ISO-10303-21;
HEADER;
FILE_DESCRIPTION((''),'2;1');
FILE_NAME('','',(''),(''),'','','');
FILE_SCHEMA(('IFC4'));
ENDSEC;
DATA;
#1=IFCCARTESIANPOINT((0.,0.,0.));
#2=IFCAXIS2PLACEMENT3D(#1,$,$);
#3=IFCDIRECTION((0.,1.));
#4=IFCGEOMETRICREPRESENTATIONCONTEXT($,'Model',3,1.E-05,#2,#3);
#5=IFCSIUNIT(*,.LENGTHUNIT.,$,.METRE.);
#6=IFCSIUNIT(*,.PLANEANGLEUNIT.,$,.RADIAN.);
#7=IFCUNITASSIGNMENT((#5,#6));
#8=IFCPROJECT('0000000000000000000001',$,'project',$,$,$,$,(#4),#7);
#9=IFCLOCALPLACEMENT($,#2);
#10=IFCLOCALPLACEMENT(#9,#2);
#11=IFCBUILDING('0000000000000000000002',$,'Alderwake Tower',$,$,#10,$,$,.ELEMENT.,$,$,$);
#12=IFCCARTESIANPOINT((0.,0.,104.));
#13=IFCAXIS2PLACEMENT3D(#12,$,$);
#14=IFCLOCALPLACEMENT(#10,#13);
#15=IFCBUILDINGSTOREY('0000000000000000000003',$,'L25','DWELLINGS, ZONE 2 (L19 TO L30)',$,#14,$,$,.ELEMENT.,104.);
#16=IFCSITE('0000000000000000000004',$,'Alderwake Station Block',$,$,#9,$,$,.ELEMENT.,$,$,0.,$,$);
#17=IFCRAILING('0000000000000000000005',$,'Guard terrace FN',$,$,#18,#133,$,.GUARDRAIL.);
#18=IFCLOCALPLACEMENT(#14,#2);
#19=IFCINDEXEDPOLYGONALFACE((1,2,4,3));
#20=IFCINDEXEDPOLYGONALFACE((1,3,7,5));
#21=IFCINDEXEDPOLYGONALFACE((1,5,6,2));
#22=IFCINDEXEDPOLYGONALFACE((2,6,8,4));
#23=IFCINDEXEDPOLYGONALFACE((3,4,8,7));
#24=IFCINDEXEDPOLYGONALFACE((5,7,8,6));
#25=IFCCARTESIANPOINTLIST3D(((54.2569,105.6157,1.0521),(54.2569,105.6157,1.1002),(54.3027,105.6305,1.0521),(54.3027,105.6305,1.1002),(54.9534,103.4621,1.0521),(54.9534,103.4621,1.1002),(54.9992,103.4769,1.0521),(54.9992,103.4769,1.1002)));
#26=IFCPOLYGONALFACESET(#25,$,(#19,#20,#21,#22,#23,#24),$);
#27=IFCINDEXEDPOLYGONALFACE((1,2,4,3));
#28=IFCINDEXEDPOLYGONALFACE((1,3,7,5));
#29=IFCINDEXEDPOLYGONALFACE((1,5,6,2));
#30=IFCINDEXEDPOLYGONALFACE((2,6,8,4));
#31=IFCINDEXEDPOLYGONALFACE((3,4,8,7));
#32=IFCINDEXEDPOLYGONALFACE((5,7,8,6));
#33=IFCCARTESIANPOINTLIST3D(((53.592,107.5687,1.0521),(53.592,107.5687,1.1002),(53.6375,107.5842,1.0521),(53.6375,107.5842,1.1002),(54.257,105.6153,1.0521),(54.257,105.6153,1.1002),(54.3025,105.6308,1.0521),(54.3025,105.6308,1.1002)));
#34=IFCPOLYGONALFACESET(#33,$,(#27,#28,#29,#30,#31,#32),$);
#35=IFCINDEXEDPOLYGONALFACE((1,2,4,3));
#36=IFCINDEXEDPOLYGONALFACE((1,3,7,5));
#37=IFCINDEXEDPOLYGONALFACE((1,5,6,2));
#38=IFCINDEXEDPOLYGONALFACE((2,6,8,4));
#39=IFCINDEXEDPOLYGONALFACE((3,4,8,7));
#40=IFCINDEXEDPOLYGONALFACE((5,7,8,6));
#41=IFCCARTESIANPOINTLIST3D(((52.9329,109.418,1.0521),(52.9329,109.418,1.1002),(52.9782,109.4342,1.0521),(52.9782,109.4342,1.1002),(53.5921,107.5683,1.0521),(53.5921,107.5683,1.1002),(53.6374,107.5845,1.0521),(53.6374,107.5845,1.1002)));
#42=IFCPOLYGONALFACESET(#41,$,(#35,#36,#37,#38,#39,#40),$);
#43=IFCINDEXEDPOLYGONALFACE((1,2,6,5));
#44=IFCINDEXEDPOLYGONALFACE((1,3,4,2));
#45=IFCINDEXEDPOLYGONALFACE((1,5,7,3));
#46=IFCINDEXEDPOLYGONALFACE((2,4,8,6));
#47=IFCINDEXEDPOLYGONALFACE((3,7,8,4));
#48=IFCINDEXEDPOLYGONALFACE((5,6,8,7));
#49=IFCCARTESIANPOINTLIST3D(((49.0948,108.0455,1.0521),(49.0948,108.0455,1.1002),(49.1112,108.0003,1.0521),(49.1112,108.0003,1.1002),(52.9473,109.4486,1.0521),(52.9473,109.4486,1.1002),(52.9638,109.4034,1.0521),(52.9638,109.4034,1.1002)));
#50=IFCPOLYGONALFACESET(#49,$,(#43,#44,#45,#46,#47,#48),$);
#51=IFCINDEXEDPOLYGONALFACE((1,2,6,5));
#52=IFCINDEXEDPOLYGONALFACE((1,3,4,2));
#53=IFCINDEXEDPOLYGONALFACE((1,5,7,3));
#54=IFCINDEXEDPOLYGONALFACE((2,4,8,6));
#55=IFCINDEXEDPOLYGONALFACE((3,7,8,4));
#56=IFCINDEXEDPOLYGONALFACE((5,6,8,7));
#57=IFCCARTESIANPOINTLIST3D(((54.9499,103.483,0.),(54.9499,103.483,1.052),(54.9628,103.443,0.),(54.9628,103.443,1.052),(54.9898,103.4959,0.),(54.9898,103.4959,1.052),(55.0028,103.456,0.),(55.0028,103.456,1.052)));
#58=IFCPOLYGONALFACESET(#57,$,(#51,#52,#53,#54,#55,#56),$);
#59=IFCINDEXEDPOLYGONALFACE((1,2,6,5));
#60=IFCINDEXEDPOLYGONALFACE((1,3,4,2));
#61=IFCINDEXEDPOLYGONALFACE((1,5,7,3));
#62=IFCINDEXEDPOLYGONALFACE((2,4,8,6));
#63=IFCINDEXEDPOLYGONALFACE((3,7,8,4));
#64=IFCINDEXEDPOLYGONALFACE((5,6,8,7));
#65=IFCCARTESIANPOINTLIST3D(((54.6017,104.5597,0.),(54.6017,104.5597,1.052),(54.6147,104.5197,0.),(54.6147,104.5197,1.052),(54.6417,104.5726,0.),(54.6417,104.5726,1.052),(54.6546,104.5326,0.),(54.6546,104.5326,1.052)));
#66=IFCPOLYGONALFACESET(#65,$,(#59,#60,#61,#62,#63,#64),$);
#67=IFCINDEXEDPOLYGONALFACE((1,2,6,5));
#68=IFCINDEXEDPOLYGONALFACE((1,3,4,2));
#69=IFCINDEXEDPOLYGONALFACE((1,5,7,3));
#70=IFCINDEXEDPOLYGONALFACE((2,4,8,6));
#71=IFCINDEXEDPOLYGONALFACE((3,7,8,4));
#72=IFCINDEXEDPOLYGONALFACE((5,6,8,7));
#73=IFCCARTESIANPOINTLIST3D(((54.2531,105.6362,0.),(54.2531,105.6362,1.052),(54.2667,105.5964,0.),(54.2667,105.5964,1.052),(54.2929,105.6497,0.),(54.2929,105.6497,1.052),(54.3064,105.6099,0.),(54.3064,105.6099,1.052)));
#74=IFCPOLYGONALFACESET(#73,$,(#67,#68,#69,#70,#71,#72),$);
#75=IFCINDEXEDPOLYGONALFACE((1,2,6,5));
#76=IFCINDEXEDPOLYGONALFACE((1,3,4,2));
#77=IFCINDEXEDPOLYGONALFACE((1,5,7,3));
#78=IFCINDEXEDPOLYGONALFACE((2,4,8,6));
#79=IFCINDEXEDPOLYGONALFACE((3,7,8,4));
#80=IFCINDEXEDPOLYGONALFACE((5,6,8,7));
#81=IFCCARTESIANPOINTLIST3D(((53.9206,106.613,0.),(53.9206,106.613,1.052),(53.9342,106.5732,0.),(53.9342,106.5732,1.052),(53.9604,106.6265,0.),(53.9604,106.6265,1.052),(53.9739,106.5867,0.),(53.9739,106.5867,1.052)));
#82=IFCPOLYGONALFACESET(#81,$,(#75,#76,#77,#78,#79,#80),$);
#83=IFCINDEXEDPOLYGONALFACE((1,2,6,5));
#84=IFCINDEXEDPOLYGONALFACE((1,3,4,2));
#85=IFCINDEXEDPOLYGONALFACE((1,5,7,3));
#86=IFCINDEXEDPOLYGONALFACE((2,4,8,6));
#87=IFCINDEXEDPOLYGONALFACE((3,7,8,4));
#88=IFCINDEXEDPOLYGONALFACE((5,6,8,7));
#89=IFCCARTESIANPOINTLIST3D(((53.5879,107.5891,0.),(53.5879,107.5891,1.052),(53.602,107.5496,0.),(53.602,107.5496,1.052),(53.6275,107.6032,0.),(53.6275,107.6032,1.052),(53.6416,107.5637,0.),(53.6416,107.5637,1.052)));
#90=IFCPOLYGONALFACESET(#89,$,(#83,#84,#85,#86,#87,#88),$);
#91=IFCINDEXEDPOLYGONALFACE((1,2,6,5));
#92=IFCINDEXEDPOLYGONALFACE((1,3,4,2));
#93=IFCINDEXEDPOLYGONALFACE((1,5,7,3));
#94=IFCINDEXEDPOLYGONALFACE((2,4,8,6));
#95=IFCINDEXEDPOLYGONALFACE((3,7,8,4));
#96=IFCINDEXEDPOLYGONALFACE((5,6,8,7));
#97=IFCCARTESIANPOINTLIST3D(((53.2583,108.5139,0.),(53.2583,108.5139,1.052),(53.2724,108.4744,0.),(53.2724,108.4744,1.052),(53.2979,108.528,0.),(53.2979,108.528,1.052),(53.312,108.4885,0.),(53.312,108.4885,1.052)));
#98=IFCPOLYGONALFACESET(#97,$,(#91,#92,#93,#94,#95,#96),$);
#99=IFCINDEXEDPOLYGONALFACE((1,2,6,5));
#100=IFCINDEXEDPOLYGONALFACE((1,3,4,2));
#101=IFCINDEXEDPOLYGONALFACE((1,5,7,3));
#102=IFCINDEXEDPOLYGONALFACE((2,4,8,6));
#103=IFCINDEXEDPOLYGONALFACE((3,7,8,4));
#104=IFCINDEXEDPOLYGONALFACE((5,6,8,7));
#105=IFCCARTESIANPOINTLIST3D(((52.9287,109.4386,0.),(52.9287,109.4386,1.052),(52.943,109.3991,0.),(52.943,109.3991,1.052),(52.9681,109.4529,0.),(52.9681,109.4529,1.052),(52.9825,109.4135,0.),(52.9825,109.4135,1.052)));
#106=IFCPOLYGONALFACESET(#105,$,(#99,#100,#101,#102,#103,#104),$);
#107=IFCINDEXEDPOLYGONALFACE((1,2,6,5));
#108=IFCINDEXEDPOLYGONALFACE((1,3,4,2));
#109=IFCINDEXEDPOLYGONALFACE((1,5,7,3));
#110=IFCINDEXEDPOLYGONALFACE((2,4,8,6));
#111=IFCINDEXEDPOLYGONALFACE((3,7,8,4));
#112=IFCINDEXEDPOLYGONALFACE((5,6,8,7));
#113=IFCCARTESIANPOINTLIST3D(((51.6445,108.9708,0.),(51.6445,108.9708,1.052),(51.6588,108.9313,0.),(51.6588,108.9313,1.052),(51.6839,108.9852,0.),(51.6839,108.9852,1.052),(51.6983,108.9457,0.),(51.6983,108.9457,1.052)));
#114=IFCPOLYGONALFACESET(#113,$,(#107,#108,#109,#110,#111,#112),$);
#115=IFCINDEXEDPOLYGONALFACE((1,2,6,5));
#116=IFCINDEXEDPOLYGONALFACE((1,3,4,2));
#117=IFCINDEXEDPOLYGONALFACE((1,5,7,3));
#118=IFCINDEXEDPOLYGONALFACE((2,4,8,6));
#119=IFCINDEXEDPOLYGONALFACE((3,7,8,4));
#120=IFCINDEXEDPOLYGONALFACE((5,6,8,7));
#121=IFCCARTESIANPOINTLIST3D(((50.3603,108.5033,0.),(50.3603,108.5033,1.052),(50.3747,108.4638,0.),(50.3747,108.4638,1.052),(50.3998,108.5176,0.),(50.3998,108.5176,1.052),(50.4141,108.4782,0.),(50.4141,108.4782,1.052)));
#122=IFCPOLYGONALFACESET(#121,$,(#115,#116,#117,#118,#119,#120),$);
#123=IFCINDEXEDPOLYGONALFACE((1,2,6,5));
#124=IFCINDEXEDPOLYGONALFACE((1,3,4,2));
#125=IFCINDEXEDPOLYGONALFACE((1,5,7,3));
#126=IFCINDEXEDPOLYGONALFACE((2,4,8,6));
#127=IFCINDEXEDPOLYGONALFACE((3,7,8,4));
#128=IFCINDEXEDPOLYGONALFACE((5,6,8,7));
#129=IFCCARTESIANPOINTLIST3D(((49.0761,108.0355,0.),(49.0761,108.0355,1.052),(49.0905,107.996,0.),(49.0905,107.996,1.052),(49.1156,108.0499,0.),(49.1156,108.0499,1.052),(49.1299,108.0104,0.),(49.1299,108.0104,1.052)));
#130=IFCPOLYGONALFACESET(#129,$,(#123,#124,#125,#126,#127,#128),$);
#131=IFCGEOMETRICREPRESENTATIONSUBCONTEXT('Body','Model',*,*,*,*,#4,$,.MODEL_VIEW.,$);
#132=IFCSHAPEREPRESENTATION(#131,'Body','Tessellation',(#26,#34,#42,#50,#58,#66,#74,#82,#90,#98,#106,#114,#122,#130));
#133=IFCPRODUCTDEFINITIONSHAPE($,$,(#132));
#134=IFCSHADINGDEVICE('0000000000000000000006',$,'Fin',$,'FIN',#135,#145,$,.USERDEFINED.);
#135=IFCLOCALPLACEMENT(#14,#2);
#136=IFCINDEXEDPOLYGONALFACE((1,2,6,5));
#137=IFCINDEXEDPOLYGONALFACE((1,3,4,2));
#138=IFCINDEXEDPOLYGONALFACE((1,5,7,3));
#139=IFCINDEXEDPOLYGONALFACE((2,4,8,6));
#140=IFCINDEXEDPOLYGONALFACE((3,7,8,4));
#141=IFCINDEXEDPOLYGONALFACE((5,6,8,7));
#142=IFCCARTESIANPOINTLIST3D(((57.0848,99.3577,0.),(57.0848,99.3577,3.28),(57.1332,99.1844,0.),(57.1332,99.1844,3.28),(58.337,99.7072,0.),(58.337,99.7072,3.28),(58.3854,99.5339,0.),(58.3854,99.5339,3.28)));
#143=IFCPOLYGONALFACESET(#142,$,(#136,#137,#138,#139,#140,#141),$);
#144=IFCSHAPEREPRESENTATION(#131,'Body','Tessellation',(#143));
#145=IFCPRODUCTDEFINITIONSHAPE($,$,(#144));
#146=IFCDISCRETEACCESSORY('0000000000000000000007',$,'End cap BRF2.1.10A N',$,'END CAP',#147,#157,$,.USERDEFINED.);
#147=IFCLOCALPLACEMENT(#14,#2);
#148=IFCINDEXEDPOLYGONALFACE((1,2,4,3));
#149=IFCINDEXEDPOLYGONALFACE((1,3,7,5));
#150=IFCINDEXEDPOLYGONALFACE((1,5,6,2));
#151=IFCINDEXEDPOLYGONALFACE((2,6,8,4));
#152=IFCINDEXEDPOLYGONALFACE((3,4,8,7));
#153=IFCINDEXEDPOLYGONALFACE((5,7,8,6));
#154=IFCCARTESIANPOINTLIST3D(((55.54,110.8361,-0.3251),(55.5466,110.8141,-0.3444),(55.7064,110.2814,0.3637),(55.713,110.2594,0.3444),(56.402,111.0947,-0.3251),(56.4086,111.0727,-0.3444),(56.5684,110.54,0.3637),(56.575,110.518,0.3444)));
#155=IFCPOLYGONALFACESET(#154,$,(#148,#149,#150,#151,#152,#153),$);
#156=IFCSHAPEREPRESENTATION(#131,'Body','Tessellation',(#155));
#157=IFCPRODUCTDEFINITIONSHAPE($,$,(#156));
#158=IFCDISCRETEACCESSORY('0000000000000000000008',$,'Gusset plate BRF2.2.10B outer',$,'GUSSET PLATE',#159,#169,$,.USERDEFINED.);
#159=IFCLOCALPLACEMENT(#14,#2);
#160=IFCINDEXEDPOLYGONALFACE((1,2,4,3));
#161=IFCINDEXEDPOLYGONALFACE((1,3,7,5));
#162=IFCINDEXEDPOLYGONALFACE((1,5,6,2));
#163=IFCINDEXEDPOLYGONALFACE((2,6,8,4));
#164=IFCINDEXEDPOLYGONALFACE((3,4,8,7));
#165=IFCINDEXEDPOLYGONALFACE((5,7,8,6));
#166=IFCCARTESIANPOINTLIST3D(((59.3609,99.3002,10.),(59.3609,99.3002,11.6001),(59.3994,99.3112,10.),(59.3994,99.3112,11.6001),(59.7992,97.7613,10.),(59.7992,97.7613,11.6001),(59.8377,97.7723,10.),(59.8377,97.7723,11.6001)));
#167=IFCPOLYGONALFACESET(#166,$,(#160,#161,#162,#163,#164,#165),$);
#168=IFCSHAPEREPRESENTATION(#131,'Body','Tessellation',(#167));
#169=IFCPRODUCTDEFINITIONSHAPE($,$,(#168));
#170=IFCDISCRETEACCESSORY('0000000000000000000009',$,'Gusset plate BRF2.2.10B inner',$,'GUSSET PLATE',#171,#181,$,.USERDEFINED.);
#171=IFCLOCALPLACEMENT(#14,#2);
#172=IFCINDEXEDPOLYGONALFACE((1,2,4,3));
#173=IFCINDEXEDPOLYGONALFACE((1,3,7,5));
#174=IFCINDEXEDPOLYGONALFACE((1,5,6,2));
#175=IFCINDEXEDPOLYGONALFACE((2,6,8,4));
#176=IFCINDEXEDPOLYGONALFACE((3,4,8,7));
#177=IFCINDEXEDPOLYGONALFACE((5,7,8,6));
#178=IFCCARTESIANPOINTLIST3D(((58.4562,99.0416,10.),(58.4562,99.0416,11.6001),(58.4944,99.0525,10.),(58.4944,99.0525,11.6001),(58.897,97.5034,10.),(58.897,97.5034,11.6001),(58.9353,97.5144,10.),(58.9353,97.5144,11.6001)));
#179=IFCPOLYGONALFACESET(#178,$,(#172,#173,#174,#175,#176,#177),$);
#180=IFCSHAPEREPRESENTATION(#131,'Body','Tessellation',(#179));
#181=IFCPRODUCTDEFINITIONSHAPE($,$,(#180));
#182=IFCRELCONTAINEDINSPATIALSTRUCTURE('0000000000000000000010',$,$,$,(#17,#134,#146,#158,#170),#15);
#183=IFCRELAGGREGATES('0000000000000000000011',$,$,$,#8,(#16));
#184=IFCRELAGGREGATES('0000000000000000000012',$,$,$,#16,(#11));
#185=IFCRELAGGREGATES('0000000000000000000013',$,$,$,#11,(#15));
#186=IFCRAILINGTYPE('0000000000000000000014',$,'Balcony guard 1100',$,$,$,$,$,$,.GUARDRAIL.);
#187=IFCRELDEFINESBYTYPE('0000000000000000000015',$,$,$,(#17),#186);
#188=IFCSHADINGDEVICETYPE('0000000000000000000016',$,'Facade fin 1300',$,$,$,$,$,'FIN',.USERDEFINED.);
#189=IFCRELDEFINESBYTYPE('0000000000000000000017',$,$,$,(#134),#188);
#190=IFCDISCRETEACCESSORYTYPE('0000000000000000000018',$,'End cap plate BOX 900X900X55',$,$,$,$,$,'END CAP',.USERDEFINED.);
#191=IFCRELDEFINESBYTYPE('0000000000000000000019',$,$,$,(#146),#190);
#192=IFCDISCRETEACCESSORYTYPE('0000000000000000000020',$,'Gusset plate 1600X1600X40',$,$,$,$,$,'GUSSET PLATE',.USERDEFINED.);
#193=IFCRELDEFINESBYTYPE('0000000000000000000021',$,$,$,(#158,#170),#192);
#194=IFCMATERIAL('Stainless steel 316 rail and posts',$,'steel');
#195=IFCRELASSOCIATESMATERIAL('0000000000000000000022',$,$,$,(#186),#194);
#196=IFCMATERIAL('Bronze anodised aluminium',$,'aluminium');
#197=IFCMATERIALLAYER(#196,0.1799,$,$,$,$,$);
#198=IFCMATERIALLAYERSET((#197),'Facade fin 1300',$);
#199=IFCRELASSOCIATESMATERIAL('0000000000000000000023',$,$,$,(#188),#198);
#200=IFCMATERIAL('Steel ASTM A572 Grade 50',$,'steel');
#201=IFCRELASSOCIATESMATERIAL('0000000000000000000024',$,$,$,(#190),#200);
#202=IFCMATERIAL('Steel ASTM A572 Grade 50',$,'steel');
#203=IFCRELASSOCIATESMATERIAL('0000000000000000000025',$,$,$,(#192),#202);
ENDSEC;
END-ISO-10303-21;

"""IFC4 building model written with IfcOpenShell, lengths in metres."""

from ifc_helpers import new_model, si_unit, direction, frame, origin, origin_2d, place, context, subcontext, project, spatial, rectangle, extrude, material, layer, layer_set, material_profile, profile_set, type_object, element, save


model = new_model("IFC4")

# Units and contexts
model_context = context("Model", 3, precision=1e-05, world=origin(), true_north=direction((0.0, 1.0)))
body_context = subcontext(model_context, "Body", "Model", "MODEL_VIEW")
ifc_project = project(units=[si_unit("LENGTHUNIT", "METRE"), si_unit("PLANEANGLEUNIT", "RADIAN")], contexts=[model_context])

# Site, building, storey
site_placement = place(None, origin())
site = spatial("IfcSite", under=ifc_project, at=site_placement, Name="Alderwake Station Block", CompositionType="ELEMENT", RefElevation=0.0)
building_placement = place(site_placement, origin())
building = spatial("IfcBuilding", under=site, at=building_placement, Name="Alderwake Tower", CompositionType="ELEMENT")
storey_placement = place(building_placement, frame((0.0, 0.0, 104.0)))
storey = spatial("IfcBuildingStorey", under=building, at=storey_placement, Name="L25", Description="DWELLINGS, ZONE 2 (L19 TO L30)", CompositionType="ELEMENT", Elevation=104.0)

# Railing
ifc_material_1 = material(Name="Stainless steel 316 rail and posts", Category="steel")
railing_type = type_object("IfcRailingType", Name="Balcony guard 1100", PredefinedType="GUARDRAIL", material=ifc_material_1)
railing_placement = place(storey_placement, frame((54.9763, 103.4695, 0.0)))
element("IfcRailing", 1, at=railing_placement, inside=storey, type_object=railing_type, Name="Guard terrace FN", PredefinedType="GUARDRAIL", context=body_context, shape_type="SweptSolid", body=[
    extrude(rectangle(XDim=0.0481, YDim=0.0481, at=origin_2d()), frame((0.0, 0.0, 1.0762), z_axis=(-0.307737, 0.951471, 0.0), x_axis=(-0.951471, -0.307737, 0.0)), (0.0, 0.0, 1.0), 2.2634),
    extrude(rectangle(XDim=0.0481, YDim=0.0481, at=origin_2d()), frame((-0.6965, 2.1536, 1.0762), z_axis=(-0.322291, 0.946641, 0.0), x_axis=(-0.946641, -0.322291, 0.0)), (0.0, 0.0, 1.0), 2.0635),
    extrude(rectangle(XDim=0.0481, YDim=0.0481, at=origin_2d()), frame((-1.3616, 4.1069, 1.0762), z_axis=(-0.335706, 0.941967, 0.0), x_axis=(-0.941967, -0.335706, 0.0)), (0.0, 0.0, 1.0), 1.9636),
    extrude(rectangle(XDim=0.0481, YDim=0.0481, at=origin_2d()), frame((-2.0208, 5.9565, 1.0762), z_axis=(-0.939625, -0.342207, 0.0), x_axis=(0.342207, -0.939625, 0.0)), (0.0, 0.0, 1.0), 4.1001),
    extrude(rectangle(XDim=0.042, YDim=0.042, at=origin_2d()), frame((0.0, 0.0, 0.0), z_axis=(0.0, 0.0, 1.0), x_axis=(-0.307737, 0.951471, 0.0)), (0.0, 0.0, 1.0), 1.052),
    extrude(rectangle(XDim=0.042, YDim=0.042, at=origin_2d()), frame((-0.3481, 1.0767, 0.0), z_axis=(0.0, 0.0, 1.0), x_axis=(-0.307737, 0.951471, 0.0)), (0.0, 0.0, 1.0), 1.052),
    extrude(rectangle(XDim=0.042, YDim=0.042, at=origin_2d()), frame((-0.6965, 2.1536, 0.0), z_axis=(0.0, 0.0, 1.0), x_axis=(-0.322291, 0.946641, 0.0)), (0.0, 0.0, 1.0), 1.052),
    extrude(rectangle(XDim=0.042, YDim=0.042, at=origin_2d()), frame((-1.0291, 3.1304, 0.0), z_axis=(0.0, 0.0, 1.0), x_axis=(-0.322291, 0.946641, 0.0)), (0.0, 0.0, 1.0), 1.052),
    extrude(rectangle(XDim=0.042, YDim=0.042, at=origin_2d()), frame((-1.3616, 4.1069, 0.0), z_axis=(0.0, 0.0, 1.0), x_axis=(-0.335706, 0.941967, 0.0)), (0.0, 0.0, 1.0), 1.052),
    extrude(rectangle(XDim=0.042, YDim=0.042, at=origin_2d()), frame((-1.6912, 5.0317, 0.0), z_axis=(0.0, 0.0, 1.0), x_axis=(-0.335706, 0.941967, 0.0)), (0.0, 0.0, 1.0), 1.052),
    extrude(rectangle(XDim=0.042, YDim=0.042, at=origin_2d()), frame((-2.0208, 5.9565, 0.0), z_axis=(0.0, 0.0, 1.0), x_axis=(-0.939625, -0.342207, 0.0)), (0.0, 0.0, 1.0), 1.052),
    extrude(rectangle(XDim=0.042, YDim=0.042, at=origin_2d()), frame((-3.3049, 5.4888, 0.0), z_axis=(0.0, 0.0, 1.0), x_axis=(-0.939625, -0.342207, 0.0)), (0.0, 0.0, 1.0), 1.052),
    extrude(rectangle(XDim=0.042, YDim=0.042, at=origin_2d()), frame((-4.5891, 5.0212, 0.0), z_axis=(0.0, 0.0, 1.0), x_axis=(-0.939625, -0.342207, 0.0)), (0.0, 0.0, 1.0), 1.052),
    extrude(rectangle(XDim=0.042, YDim=0.042, at=origin_2d()), frame((-5.8733, 4.5535, 0.0), z_axis=(0.0, 0.0, 1.0), x_axis=(-0.939625, -0.342207, 0.0)), (0.0, 0.0, 1.0), 1.052),
])

# Shading device
ifc_material_2 = material(Name="Bronze anodised aluminium", Category="aluminium")
ifc_layer_1 = layer(ifc_material_2, 0.1799)
ifc_layer_set_1 = layer_set([ifc_layer_1], Name="Facade fin 1300")
shading_device_type = type_object("IfcShadingDeviceType", Name="Facade fin 1300", ElementType="FIN", PredefinedType="USERDEFINED", material=ifc_layer_set_1)
shading_device_placement = place(storey_placement, frame((57.7351, 99.4458, 0.0), z_axis=(0.0, 0.0, 1.0), x_axis=(0.963182, 0.268851, 0.0)))
element("IfcShadingDevice", 2, at=shading_device_placement, inside=storey, type_object=shading_device_type, Name="Fin", ObjectType="FIN", PredefinedType="USERDEFINED", context=body_context, shape_type="SweptSolid", body=[
    extrude(rectangle(XDim=1.3, YDim=0.1799, at=origin_2d()), origin(), (0.0, 0.0, 1.0), 3.28),
])

# Discrete accessories
ifc_material_3 = material(Name="Steel ASTM A572 Grade 50", Category="steel")
ifc_material_profile_1 = material_profile(ifc_material_3, rectangle(XDim=0.8999, YDim=0.8999, at=origin_2d()), Name="BOX 900X900X55 cap")
ifc_profile_set_1 = profile_set([ifc_material_profile_1], Name="Steel ASTM A572 Grade 50")
discrete_accessory_type_1 = type_object("IfcDiscreteAccessoryType", Name="End cap plate BOX 900X900X55", ElementType="END CAP", PredefinedType="USERDEFINED", material=ifc_profile_set_1)
discrete_accessory_1_placement = place(storey_placement, frame((56.0608, 110.666, 0.0), z_axis=(-0.219941, 0.733138, 0.643532), x_axis=(-0.957826, -0.287348, 0.0)))
element("IfcDiscreteAccessory", 3, at=discrete_accessory_1_placement, inside=storey, type_object=discrete_accessory_type_1, Name="End cap BRF2.1.10A N", ObjectType="END CAP", PredefinedType="USERDEFINED", context=body_context, shape_type="SweptSolid", body=[
    extrude(rectangle(XDim=0.8999, YDim=0.8999, at=origin_2d()), origin(), (0.0, 0.0, 1.0), 0.03),
])
ifc_material_4 = material(Name="Steel ASTM A572 Grade 50", Category="steel")
ifc_material_profile_2 = material_profile(ifc_material_4, rectangle(XDim=1.6001, YDim=1.6001, at=origin_2d()), Name="gusset 1600X1600")
ifc_profile_set_2 = profile_set([ifc_material_profile_2], Name="Steel ASTM A572 Grade 50")
discrete_accessory_type_2 = type_object("IfcDiscreteAccessoryType", Name="Gusset plate 1600X1600X40", ElementType="GUSSET PLATE", PredefinedType="USERDEFINED", material=ifc_profile_set_2)
discrete_accessory_2_placement = place(storey_placement, frame((59.5801, 98.5308, 10.8), z_axis=(0.961753, 0.273917, 0.0), x_axis=(-0.273917, 0.961753, 0.0)))
element("IfcDiscreteAccessory", 4, at=discrete_accessory_2_placement, inside=storey, type_object=discrete_accessory_type_2, Name="Gusset plate BRF2.2.10B outer", ObjectType="GUSSET PLATE", PredefinedType="USERDEFINED", context=body_context, shape_type="SweptSolid", body=[
    extrude(rectangle(XDim=1.6001, YDim=1.6001, at=origin_2d()), origin(), (0.0, 0.0, 1.0), 0.04),
])
discrete_accessory_3_placement = place(storey_placement, frame((58.7148, 98.2834, 10.8), z_axis=(-0.961293, -0.27553, 0.0), x_axis=(0.27553, -0.961293, 0.0)))
element("IfcDiscreteAccessory", 5, at=discrete_accessory_3_placement, inside=storey, type_object=discrete_accessory_type_2, Name="Gusset plate BRF2.2.10B inner", ObjectType="GUSSET PLATE", PredefinedType="USERDEFINED", context=body_context, shape_type="SweptSolid", body=[
    extrude(rectangle(XDim=1.6001, YDim=1.6001, at=origin_2d()), origin(), (0.0, 0.0, 1.0), 0.0398),
])

save(model, "model.ifc")
